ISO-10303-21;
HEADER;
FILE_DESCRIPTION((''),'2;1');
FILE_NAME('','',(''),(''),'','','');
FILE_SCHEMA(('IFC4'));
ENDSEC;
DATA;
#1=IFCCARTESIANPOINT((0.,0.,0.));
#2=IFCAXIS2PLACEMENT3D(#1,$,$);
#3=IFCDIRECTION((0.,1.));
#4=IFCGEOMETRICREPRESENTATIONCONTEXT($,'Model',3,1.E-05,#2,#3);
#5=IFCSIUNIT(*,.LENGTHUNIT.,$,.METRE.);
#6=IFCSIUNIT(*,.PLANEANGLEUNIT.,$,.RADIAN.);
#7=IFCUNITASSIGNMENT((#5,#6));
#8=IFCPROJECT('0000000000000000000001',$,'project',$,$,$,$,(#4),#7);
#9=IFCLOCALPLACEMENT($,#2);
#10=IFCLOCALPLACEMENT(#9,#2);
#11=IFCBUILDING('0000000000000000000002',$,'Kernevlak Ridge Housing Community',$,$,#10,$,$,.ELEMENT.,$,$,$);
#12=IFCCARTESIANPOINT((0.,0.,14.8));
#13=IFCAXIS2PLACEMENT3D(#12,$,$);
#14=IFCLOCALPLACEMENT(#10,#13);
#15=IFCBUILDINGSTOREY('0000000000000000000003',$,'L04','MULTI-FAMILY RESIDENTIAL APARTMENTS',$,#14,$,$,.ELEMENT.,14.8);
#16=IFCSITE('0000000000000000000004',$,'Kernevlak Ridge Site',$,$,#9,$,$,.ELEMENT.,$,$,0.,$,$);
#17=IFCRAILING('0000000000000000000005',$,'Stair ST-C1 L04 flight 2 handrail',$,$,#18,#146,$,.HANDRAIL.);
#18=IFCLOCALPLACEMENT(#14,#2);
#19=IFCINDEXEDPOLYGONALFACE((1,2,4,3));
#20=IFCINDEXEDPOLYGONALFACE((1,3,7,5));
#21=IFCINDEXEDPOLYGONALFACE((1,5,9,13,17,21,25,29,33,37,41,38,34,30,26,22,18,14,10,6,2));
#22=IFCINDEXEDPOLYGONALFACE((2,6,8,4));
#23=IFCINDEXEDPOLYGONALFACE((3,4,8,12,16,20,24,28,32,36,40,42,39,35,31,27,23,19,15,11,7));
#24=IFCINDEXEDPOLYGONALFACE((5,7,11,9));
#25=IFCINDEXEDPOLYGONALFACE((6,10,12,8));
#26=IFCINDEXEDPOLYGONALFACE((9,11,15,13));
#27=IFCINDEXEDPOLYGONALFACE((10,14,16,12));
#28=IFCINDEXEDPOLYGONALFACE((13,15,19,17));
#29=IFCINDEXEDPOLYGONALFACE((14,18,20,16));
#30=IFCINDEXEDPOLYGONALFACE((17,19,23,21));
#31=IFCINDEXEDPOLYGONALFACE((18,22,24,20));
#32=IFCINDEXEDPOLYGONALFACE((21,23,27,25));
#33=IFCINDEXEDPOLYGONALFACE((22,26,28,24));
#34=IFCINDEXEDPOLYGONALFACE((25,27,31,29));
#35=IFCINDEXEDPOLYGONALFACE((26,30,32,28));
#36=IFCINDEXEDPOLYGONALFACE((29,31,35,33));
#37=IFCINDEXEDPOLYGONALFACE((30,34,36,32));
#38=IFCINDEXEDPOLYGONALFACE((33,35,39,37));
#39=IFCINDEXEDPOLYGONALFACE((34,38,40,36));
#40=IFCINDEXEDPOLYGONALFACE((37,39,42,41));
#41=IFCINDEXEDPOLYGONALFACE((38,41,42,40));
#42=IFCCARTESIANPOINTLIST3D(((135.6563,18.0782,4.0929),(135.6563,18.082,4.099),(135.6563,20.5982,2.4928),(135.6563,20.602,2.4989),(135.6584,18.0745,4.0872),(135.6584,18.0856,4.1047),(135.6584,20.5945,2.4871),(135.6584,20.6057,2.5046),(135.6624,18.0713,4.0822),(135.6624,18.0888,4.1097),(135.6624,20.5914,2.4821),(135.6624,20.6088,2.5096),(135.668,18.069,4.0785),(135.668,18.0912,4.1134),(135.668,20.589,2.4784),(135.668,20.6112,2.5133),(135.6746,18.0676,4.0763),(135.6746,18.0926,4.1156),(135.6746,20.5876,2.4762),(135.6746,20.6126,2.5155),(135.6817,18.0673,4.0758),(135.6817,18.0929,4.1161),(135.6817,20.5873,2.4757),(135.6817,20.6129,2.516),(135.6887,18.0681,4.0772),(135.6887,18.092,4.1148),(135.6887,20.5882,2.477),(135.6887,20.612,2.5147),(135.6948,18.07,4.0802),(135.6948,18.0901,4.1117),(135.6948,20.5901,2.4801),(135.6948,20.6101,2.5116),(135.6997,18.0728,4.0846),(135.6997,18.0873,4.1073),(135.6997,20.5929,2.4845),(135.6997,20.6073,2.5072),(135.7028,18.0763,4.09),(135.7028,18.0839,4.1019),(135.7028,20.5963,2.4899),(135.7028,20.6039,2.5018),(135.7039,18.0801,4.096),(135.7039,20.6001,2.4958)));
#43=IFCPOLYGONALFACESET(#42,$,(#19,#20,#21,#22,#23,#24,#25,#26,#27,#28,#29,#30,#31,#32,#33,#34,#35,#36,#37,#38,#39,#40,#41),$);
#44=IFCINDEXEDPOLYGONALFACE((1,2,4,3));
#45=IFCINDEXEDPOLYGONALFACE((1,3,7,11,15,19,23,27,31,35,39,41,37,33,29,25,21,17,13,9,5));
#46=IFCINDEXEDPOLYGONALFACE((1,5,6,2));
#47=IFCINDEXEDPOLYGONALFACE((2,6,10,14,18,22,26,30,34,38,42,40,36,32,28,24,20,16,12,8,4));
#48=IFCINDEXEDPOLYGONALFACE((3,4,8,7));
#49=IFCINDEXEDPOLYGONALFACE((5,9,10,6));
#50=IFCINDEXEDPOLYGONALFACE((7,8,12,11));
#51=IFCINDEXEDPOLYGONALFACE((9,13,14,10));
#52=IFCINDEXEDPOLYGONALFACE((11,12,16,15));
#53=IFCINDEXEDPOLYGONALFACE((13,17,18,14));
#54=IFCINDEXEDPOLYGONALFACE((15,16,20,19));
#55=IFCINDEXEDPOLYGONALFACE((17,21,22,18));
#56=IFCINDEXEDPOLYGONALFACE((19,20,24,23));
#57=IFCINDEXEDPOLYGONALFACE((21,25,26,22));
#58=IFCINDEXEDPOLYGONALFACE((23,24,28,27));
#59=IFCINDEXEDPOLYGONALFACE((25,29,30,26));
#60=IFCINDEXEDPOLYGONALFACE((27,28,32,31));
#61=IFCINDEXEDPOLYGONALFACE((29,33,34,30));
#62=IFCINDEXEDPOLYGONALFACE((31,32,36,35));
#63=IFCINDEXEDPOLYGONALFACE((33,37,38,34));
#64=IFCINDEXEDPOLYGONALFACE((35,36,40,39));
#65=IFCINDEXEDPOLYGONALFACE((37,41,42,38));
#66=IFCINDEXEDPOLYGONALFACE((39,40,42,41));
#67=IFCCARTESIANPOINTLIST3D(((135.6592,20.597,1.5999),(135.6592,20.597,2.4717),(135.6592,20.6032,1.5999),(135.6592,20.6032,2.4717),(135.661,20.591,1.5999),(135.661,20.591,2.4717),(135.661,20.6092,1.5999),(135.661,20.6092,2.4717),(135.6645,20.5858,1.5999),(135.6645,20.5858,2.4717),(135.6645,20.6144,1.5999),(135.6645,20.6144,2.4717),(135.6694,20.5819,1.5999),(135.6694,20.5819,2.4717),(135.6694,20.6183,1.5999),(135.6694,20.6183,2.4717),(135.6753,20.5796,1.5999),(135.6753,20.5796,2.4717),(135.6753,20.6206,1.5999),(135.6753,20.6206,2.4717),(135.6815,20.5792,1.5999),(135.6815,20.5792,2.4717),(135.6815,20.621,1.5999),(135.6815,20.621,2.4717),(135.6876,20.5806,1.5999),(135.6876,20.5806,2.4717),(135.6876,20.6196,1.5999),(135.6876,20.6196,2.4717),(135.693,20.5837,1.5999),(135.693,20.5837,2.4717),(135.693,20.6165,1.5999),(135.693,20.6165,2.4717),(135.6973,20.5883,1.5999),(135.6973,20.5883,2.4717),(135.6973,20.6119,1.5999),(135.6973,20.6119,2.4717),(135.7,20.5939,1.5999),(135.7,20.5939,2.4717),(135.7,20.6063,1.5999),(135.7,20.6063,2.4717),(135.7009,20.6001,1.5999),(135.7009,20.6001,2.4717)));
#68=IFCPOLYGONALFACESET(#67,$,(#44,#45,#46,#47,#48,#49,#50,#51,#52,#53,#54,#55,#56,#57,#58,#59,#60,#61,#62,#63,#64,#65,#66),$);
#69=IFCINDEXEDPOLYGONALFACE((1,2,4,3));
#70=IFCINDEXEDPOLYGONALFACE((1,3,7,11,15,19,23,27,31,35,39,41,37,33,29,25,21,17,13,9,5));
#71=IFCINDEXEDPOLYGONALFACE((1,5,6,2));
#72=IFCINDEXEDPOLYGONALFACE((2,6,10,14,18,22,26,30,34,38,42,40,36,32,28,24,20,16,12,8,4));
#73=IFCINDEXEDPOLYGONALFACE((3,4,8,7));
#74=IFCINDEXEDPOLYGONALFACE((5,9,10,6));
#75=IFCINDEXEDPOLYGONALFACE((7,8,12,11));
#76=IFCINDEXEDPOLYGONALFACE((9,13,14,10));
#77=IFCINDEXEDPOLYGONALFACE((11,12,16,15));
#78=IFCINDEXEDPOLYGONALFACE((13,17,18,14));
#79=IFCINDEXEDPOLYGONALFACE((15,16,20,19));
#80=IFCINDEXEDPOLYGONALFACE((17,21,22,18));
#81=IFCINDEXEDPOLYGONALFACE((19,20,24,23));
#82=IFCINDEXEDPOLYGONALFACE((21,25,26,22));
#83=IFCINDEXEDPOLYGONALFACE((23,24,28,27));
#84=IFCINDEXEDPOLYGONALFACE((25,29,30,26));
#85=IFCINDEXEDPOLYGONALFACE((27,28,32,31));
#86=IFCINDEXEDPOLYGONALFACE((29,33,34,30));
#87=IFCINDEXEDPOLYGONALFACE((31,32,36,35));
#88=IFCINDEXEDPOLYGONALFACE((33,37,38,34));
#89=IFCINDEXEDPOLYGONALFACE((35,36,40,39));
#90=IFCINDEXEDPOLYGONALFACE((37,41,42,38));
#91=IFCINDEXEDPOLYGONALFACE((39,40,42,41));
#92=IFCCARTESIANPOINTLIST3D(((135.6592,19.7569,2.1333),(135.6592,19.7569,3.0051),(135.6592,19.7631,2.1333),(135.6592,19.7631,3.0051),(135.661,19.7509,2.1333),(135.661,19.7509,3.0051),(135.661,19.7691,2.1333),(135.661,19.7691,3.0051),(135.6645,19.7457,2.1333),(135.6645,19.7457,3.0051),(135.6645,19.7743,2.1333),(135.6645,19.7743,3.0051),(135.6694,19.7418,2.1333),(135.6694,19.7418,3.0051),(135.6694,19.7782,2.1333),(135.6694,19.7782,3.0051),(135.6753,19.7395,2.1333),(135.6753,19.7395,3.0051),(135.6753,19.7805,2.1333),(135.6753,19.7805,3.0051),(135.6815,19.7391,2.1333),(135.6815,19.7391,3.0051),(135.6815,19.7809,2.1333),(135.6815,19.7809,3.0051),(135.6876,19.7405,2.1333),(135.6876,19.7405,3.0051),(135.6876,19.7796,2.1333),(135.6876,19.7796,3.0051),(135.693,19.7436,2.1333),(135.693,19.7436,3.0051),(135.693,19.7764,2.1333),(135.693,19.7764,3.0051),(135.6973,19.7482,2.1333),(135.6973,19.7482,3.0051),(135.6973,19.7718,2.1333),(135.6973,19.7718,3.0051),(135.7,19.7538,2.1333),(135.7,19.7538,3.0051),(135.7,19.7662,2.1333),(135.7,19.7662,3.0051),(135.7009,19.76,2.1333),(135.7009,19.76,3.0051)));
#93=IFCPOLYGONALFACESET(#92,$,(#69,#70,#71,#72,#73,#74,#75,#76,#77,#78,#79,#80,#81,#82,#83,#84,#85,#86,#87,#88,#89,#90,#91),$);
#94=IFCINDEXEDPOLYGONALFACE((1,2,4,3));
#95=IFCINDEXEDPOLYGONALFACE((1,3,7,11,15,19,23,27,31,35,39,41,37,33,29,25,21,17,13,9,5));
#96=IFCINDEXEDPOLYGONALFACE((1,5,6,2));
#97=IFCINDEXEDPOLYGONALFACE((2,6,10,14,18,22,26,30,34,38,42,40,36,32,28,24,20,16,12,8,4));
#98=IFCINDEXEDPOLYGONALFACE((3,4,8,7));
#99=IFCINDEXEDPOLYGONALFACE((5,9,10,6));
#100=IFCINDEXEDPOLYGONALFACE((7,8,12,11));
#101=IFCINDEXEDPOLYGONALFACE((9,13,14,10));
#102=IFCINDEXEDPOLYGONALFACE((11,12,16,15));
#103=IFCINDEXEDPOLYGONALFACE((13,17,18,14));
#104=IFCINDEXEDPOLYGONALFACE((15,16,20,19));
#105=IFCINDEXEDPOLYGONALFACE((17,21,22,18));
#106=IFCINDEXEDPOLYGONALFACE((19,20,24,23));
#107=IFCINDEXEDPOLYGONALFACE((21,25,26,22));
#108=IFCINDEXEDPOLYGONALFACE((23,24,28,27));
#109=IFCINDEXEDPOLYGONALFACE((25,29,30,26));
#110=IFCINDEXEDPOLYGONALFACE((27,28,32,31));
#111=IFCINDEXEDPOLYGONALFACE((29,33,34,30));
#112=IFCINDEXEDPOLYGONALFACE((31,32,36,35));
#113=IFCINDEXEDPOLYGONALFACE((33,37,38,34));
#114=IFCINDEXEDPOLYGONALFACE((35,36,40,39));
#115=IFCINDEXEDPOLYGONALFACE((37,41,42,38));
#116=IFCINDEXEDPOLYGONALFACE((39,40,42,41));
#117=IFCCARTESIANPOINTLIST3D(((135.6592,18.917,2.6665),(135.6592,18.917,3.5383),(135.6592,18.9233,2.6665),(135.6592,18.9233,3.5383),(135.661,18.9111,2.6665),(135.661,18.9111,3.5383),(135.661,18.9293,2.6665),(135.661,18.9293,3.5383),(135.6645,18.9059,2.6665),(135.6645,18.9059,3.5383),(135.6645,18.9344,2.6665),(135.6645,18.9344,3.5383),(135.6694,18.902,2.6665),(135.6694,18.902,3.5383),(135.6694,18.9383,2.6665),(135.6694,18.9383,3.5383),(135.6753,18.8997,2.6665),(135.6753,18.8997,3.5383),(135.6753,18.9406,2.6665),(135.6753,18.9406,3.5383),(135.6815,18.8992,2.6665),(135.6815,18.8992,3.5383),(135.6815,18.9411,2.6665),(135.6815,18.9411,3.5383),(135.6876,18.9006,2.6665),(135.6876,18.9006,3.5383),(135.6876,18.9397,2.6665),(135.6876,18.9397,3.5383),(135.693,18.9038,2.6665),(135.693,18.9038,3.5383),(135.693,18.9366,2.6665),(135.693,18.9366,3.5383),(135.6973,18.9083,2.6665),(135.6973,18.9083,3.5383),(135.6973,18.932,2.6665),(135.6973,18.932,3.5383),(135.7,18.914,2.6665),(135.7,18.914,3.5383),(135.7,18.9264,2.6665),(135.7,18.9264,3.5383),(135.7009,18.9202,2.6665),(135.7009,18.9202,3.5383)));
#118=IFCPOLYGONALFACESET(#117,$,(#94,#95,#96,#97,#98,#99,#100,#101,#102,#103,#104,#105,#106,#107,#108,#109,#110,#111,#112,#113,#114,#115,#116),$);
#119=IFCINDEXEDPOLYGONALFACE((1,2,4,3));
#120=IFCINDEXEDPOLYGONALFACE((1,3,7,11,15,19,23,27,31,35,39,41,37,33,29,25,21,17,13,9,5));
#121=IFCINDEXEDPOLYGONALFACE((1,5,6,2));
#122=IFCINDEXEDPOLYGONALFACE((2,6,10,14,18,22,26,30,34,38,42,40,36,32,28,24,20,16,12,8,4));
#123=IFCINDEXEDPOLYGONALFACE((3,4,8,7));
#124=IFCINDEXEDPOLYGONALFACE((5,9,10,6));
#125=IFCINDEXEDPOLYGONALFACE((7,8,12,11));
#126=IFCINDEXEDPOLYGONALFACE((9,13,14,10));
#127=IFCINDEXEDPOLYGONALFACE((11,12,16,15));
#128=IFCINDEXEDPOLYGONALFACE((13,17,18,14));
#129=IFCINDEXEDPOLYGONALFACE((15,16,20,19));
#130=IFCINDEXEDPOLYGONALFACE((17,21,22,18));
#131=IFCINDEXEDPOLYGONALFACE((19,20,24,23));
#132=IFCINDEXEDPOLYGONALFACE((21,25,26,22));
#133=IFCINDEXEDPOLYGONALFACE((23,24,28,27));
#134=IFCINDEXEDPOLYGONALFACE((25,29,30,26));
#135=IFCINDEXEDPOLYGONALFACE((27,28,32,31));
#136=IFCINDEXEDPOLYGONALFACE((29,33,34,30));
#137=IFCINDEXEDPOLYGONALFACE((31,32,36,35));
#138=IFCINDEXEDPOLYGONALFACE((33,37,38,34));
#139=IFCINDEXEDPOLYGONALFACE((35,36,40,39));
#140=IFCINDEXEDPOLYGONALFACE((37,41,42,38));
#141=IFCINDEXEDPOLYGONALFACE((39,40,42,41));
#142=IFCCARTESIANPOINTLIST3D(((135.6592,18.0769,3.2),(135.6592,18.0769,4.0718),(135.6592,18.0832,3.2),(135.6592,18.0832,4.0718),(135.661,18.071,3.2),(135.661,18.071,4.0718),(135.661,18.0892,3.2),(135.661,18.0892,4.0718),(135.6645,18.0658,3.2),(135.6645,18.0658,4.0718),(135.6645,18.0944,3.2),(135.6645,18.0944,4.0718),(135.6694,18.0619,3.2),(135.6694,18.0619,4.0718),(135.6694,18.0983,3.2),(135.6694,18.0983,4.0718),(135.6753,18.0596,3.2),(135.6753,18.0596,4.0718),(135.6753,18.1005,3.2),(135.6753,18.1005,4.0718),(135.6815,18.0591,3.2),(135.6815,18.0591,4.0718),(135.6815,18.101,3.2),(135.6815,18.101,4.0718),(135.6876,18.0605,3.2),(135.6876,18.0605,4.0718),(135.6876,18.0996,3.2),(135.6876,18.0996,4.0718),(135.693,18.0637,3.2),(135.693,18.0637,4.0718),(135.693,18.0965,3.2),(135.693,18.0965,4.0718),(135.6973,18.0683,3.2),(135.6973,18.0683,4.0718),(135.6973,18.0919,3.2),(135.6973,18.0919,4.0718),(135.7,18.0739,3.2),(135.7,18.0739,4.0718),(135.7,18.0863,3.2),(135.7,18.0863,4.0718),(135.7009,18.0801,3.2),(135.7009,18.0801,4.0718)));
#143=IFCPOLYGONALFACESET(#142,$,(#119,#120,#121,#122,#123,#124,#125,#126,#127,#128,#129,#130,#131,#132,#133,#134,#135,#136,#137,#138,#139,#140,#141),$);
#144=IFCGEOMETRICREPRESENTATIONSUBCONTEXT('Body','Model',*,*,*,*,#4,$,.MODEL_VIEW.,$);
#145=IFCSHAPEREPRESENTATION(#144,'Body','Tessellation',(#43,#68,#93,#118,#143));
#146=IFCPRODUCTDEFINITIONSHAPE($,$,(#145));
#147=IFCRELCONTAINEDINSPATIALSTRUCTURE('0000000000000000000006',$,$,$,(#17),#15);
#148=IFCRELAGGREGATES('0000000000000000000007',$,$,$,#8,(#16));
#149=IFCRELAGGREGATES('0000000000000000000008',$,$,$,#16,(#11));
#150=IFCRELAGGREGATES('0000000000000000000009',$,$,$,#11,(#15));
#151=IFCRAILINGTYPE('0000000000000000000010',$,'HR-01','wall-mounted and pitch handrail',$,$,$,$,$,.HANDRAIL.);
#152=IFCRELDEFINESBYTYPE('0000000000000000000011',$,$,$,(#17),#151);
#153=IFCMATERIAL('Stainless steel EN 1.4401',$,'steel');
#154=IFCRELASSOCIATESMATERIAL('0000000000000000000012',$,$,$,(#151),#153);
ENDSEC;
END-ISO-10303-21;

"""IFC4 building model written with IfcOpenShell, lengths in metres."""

from ifc_helpers import new_model, si_unit, direction, frame, origin, origin_2d, place, context, subcontext, project, spatial, circle, extrude, material, type_object, element, save


model = new_model("IFC4")

# Units and contexts
model_context = context("Model", 3, precision=1e-05, world=origin(), true_north=direction((0.0, 1.0)))
body_context = subcontext(model_context, "Body", "Model", "MODEL_VIEW")
ifc_project = project(units=[si_unit("LENGTHUNIT", "METRE"), si_unit("PLANEANGLEUNIT", "RADIAN")], contexts=[model_context])

# Site, building, storey
site_placement = place(None, origin())
site = spatial("IfcSite", under=ifc_project, at=site_placement, Name="Kernevlak Ridge Site", CompositionType="ELEMENT", RefElevation=0.0)
building_placement = place(site_placement, origin())
building = spatial("IfcBuilding", under=site, at=building_placement, Name="Kernevlak Ridge Housing Community", CompositionType="ELEMENT")
storey_placement = place(building_placement, frame((0.0, 0.0, 14.8)))
storey = spatial("IfcBuildingStorey", under=building, at=storey_placement, Name="L04", Description="MULTI-FAMILY RESIDENTIAL APARTMENTS", CompositionType="ELEMENT", Elevation=14.8)

# Shared definitions
ifc_material_1 = material(Name="Stainless steel EN 1.4401", Category="steel")

# Railing
railing_type = type_object("IfcRailingType", Name="HR-01", Description="wall-mounted and pitch handrail", PredefinedType="HANDRAIL", material=ifc_material_1)
railing_placement = place(storey_placement, frame((135.6799, 20.6001, 1.5999)))
element("IfcRailing", 1, at=railing_placement, inside=storey, type_object=railing_type, Name="Stair ST-C1 L04 flight 2 handrail", PredefinedType="HANDRAIL", context=body_context, shape_type="SweptSolid", body=[
    extrude(circle(Radius=0.0239, at=origin_2d()), frame((0.0, 0.0, 0.896), z_axis=(0.0, -0.8442, 0.536028), x_axis=(1.0, 0.0, 0.0)), (0.0, 0.0, 1.0), 2.9851),
    extrude(circle(Radius=0.021, at=origin_2d()), origin(), (0.0, 0.0, 1.0), 0.8718),
    extrude(circle(Radius=0.021, at=origin_2d()), frame((0.0, -0.8401, 0.5334)), (0.0, 0.0, 1.0), 0.8718),
    extrude(circle(Radius=0.021, at=origin_2d()), frame((0.0, -1.6799, 1.0667)), (0.0, 0.0, 1.0), 0.8718),
    extrude(circle(Radius=0.021, at=origin_2d()), frame((0.0, -2.52, 1.6001)), (0.0, 0.0, 1.0), 0.8718),
])

save(model, "model.ifc")
